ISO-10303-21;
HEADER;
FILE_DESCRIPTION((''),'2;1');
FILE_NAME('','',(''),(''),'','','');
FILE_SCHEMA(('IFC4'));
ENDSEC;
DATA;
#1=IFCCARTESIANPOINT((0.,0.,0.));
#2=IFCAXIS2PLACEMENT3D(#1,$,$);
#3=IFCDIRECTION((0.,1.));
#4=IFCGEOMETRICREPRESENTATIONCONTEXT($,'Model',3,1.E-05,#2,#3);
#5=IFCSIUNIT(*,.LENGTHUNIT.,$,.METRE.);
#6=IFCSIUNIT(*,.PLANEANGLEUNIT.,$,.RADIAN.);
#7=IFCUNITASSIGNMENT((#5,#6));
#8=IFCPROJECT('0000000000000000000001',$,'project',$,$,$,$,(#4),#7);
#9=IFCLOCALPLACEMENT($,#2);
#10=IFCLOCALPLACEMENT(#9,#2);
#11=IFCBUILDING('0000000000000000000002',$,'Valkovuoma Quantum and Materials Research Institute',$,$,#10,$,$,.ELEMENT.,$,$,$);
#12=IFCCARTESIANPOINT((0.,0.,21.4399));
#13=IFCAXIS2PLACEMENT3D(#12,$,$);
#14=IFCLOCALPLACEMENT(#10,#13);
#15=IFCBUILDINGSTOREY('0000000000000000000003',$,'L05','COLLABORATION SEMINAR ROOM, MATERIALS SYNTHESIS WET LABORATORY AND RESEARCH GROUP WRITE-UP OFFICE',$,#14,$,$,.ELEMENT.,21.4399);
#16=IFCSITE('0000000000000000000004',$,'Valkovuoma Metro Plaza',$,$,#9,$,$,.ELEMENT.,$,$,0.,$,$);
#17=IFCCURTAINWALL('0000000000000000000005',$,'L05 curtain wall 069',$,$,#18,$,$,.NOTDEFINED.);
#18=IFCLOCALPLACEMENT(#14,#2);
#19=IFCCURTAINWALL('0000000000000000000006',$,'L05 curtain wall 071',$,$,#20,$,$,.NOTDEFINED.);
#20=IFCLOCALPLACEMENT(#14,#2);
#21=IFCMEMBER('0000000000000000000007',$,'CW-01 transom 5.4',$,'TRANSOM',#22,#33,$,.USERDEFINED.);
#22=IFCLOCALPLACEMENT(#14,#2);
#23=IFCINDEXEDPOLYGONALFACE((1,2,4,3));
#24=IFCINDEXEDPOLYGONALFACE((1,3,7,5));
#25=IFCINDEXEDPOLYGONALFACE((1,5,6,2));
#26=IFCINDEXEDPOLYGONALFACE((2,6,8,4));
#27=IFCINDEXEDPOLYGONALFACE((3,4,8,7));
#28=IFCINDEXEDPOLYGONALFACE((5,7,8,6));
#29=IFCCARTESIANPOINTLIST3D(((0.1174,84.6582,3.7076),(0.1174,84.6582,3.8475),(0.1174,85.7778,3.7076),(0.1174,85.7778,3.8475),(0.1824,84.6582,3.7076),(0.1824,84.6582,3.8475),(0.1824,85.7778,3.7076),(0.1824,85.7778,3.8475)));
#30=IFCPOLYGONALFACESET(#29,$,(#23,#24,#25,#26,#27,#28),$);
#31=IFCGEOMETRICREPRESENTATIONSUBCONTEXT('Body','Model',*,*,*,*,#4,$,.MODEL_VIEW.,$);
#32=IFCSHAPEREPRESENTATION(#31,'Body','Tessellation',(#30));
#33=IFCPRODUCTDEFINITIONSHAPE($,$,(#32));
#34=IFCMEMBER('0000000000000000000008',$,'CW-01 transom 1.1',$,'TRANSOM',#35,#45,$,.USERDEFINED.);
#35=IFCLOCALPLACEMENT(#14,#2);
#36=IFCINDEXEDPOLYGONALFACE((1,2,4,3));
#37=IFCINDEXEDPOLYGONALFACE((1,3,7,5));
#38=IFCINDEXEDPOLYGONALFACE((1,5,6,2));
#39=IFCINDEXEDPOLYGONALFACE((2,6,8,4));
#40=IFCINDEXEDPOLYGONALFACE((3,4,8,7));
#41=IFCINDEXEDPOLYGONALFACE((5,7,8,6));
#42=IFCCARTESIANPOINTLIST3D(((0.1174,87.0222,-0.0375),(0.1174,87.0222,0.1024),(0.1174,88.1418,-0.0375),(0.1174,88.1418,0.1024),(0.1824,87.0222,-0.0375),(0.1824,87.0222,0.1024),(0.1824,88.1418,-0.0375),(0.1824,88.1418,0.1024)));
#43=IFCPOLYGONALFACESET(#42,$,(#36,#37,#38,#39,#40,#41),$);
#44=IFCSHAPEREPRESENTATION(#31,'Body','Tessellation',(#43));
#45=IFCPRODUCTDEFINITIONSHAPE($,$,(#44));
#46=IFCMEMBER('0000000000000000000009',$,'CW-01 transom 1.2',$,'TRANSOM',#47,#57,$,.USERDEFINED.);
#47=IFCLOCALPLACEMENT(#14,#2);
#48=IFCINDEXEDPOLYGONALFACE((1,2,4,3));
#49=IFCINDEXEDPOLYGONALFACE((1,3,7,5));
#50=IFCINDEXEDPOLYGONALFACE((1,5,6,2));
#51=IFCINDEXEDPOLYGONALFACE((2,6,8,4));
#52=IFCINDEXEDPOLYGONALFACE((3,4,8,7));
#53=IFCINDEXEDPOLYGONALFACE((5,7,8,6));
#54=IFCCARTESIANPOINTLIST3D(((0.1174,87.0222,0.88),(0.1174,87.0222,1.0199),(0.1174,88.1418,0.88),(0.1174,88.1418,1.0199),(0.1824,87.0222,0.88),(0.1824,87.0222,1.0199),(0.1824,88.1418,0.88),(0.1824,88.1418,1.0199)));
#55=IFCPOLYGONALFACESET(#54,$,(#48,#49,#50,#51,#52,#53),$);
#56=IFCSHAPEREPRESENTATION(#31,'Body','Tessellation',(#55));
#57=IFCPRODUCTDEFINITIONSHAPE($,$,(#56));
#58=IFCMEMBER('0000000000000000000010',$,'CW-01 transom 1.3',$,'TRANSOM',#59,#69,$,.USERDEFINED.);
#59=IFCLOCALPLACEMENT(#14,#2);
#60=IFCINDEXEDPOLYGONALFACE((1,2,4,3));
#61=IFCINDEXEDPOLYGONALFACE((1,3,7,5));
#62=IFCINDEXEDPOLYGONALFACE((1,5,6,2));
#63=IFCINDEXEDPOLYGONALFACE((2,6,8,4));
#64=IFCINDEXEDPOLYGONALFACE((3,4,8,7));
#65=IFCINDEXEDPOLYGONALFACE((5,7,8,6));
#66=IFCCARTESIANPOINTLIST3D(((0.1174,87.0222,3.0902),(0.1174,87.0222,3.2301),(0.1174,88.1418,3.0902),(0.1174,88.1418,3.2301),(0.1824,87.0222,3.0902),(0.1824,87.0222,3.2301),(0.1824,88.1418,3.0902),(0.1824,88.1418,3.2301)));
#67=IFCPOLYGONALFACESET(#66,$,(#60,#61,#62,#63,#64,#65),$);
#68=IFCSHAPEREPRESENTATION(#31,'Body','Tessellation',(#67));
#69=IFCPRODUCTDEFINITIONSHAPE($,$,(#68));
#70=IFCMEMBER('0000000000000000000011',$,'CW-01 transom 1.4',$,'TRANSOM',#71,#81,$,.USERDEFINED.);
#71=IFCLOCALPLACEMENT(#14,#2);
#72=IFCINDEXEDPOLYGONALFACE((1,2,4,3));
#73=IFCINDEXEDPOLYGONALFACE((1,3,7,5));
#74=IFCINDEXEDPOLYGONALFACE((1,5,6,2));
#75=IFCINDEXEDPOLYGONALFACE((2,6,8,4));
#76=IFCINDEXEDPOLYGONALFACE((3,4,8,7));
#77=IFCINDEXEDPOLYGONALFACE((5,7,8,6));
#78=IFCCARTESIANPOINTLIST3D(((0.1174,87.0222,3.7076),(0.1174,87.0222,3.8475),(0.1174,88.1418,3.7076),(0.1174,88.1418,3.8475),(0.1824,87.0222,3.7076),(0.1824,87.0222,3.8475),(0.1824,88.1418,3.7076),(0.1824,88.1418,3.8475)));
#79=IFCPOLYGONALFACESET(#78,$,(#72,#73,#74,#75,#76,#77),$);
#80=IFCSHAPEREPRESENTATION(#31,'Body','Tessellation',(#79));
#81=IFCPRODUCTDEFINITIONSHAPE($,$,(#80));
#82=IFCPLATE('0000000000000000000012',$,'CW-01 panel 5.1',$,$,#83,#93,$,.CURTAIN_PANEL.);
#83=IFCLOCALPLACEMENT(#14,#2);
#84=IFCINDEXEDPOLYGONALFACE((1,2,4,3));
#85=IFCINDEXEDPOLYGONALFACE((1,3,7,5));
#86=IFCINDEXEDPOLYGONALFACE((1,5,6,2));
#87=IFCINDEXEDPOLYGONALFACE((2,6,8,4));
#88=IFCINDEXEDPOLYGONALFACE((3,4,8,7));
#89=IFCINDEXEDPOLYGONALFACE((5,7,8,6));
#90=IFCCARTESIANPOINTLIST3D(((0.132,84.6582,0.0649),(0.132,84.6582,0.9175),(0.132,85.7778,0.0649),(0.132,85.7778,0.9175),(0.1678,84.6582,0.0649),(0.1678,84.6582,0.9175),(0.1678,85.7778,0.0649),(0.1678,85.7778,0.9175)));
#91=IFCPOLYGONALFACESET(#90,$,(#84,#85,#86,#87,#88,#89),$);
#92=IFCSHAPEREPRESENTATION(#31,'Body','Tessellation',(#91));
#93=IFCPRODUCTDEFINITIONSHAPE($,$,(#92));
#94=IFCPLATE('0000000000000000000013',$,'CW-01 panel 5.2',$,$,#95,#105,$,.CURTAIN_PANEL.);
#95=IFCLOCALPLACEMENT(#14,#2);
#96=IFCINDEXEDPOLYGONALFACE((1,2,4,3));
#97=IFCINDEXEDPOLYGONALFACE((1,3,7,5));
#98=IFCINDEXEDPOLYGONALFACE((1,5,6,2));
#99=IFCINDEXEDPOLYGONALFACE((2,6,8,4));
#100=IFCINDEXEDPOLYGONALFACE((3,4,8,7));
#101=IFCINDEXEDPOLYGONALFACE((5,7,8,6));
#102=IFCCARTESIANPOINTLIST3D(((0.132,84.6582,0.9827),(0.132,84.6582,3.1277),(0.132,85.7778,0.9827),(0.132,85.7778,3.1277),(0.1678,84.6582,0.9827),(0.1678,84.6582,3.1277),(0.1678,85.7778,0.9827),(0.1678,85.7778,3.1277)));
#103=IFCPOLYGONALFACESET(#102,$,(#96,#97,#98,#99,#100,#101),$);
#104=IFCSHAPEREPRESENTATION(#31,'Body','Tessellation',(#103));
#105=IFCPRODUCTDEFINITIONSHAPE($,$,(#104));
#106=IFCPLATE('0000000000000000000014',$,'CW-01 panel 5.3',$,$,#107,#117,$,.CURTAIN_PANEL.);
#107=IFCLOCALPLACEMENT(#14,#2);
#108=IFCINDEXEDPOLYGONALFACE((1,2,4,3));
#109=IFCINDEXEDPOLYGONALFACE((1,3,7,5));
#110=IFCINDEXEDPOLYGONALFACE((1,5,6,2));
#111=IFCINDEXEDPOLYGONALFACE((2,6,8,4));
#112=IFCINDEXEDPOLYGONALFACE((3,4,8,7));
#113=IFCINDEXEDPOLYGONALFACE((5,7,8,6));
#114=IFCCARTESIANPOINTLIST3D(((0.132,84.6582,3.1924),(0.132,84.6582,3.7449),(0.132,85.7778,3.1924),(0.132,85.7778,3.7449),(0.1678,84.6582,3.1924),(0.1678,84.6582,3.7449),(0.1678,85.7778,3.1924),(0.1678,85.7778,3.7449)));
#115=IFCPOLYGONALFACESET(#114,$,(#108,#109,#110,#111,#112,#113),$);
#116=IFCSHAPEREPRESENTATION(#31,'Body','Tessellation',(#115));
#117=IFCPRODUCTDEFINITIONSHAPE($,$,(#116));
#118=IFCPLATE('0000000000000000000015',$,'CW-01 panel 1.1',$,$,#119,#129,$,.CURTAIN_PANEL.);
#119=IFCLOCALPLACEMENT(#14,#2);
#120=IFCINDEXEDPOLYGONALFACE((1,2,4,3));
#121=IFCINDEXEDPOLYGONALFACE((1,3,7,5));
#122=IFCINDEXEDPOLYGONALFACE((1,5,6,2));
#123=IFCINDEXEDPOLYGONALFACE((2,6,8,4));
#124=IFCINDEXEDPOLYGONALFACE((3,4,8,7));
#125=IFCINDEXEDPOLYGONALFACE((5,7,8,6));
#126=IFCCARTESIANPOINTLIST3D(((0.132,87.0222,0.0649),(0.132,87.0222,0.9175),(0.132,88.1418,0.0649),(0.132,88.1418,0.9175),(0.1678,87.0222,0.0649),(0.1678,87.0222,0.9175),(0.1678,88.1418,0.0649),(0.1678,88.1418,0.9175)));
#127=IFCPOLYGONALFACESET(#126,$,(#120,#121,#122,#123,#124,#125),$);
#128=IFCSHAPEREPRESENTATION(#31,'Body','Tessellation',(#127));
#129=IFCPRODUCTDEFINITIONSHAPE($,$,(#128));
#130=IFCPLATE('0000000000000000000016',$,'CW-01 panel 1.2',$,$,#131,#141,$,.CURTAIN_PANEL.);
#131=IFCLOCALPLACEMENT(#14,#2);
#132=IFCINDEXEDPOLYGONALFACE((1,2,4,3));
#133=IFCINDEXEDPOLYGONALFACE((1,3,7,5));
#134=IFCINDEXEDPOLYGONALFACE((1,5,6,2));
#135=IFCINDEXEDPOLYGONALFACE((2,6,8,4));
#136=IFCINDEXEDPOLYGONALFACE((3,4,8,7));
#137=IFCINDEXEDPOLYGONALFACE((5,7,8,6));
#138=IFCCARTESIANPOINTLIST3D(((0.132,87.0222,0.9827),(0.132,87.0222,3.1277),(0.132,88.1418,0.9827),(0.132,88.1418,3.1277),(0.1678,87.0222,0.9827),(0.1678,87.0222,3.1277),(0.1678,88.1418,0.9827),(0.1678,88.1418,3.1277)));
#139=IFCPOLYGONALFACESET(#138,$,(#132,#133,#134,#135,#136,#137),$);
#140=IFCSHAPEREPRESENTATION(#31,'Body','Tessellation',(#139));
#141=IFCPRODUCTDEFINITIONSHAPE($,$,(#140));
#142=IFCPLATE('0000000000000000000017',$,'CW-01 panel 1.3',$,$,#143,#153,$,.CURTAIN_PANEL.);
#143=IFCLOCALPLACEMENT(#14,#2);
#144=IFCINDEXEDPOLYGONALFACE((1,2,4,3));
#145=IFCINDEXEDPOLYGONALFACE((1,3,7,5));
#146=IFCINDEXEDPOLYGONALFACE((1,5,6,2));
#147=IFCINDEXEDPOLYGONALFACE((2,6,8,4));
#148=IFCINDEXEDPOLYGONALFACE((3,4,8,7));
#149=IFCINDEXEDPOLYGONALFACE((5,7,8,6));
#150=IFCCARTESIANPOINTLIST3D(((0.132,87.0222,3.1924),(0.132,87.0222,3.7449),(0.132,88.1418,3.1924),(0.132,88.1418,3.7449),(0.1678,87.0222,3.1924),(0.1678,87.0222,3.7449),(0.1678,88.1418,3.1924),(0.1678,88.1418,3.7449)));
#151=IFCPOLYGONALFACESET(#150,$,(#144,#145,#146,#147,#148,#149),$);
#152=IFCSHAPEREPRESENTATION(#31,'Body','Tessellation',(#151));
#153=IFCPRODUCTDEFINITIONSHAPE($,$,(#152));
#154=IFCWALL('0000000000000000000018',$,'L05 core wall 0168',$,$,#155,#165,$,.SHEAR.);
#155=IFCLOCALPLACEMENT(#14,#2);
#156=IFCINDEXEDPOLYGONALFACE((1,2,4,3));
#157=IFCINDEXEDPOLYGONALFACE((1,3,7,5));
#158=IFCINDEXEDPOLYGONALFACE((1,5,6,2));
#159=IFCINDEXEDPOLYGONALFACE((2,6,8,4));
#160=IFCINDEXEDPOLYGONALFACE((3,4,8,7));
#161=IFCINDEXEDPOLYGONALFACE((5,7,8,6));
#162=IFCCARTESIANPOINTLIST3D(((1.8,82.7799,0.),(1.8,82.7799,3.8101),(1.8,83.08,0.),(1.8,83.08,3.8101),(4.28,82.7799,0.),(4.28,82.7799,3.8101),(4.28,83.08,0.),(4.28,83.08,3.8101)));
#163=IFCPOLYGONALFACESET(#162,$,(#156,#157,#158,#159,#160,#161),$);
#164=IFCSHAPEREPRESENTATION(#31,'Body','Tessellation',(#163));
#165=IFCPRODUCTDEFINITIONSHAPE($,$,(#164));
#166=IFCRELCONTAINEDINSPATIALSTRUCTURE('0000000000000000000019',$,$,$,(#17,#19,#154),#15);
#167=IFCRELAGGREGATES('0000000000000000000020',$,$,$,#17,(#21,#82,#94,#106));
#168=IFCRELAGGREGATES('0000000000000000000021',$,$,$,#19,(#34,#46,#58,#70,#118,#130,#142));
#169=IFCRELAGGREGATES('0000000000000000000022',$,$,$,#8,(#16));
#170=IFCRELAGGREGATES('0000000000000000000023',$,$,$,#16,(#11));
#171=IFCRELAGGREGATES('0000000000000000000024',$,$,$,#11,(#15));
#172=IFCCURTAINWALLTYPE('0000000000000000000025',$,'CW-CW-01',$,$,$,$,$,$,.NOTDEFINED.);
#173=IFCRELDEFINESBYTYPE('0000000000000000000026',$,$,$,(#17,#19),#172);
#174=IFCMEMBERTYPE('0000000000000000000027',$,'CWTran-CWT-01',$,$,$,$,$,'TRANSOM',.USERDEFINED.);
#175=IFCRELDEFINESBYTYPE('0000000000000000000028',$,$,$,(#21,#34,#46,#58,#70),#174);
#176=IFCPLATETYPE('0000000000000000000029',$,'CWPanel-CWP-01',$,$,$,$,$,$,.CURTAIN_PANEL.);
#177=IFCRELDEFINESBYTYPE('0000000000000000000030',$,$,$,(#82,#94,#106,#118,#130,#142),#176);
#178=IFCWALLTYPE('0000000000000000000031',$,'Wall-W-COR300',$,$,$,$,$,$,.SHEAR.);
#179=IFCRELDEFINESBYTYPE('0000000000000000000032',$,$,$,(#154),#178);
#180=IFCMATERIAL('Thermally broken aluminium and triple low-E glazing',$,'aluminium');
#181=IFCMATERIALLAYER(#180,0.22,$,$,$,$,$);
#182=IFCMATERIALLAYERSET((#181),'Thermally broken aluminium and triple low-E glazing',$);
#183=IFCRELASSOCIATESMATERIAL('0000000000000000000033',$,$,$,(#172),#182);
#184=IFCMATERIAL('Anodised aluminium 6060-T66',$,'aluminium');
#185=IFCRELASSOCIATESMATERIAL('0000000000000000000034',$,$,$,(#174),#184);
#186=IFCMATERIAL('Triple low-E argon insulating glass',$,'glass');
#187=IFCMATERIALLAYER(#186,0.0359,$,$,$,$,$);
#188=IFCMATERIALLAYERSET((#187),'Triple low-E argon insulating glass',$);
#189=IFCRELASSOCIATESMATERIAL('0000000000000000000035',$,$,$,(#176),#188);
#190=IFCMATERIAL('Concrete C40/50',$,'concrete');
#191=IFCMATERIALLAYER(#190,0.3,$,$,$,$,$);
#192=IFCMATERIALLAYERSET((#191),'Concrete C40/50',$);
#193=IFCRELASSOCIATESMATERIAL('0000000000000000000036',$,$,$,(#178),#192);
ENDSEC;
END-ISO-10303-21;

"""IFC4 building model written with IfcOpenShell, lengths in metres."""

from ifc_helpers import new_model, si_unit, direction, frame, frame_2d, origin, origin_2d, place, context, subcontext, project, spatial, rectangle, extrude, material, layer, layer_set, material_profile, profile_set, type_object, element, aggregate, save


model = new_model("IFC4")

# Units and contexts
model_context = context("Model", 3, precision=1e-05, world=origin(), true_north=direction((0.0, 1.0)))
body_context = subcontext(model_context, "Body", "Model", "MODEL_VIEW")
ifc_project = project(units=[si_unit("LENGTHUNIT", "METRE"), si_unit("PLANEANGLEUNIT", "RADIAN")], contexts=[model_context])

# Site, building, storey
site_placement = place(None, origin())
site = spatial("IfcSite", under=ifc_project, at=site_placement, Name="Valkovuoma Metro Plaza", CompositionType="ELEMENT", RefElevation=0.0)
building_placement = place(site_placement, origin())
building = spatial("IfcBuilding", under=site, at=building_placement, Name="Valkovuoma Quantum and Materials Research Institute", CompositionType="ELEMENT")
storey_placement = place(building_placement, frame((0.0, 0.0, 21.4399)))
storey = spatial("IfcBuildingStorey", under=building, at=storey_placement, Name="L05", Description="COLLABORATION SEMINAR ROOM, MATERIALS SYNTHESIS WET LABORATORY AND RESEARCH GROUP WRITE-UP OFFICE", CompositionType="ELEMENT", Elevation=21.4399)

# Curtain walls
ifc_material_1 = material(Name="Thermally broken aluminium and triple low-E glazing", Category="aluminium")
ifc_layer_1 = layer(ifc_material_1, 0.22)
ifc_layer_set_1 = layer_set([ifc_layer_1], Name="Thermally broken aluminium and triple low-E glazing")
curtain_wall_type = type_object("IfcCurtainWallType", Name="CW-CW-01", PredefinedType="NOTDEFINED", material=ifc_layer_set_1)
curtain_wall_1_placement = place(storey_placement, origin())
curtain_wall_1 = element("IfcCurtainWall", 1, at=curtain_wall_1_placement, inside=storey, type_object=curtain_wall_type, Name="L05 curtain wall 069", PredefinedType="NOTDEFINED")
curtain_wall_2_placement = place(storey_placement, origin())
curtain_wall_2 = element("IfcCurtainWall", 2, at=curtain_wall_2_placement, inside=storey, type_object=curtain_wall_type, Name="L05 curtain wall 071", PredefinedType="NOTDEFINED")

# Members
ifc_material_2 = material(Name="Anodised aluminium 6060-T66", Category="aluminium")
ifc_material_profile_1 = material_profile(ifc_material_2, rectangle(XDim=0.0649, YDim=0.1399, at=origin_2d()), Name="Anodised aluminium 6060-T66")
ifc_profile_set_1 = profile_set([ifc_material_profile_1], Name="Anodised aluminium 6060-T66")
member_type_1 = type_object("IfcMemberType", Name="CWTran-CWT-01", ElementType="TRANSOM", PredefinedType="USERDEFINED", material=ifc_profile_set_1)
member_1_placement = place(storey_placement, frame((0.1499, 84.6582, 3.7776), z_axis=(0.0, 1.0, 0.0), x_axis=(-1.0, 0.0, 0.0)))
member_1 = element("IfcMember", 3, at=member_1_placement, type_object=member_type_1, Name="CW-01 transom 5.4", ObjectType="TRANSOM", PredefinedType="USERDEFINED", context=body_context, shape_type="SweptSolid", body=[
    extrude(rectangle(XDim=0.0649, YDim=0.1399, at=origin_2d()), origin(), (0.0, 0.0, 1.0), 1.1196),
])
member_2_placement = place(storey_placement, frame((0.1499, 87.0222, 0.0325), z_axis=(0.0, 1.0, 0.0), x_axis=(-1.0, 0.0, 0.0)))
member_2 = element("IfcMember", 4, at=member_2_placement, type_object=member_type_1, Name="CW-01 transom 1.1", ObjectType="TRANSOM", PredefinedType="USERDEFINED", context=body_context, shape_type="SweptSolid", body=[
    extrude(rectangle(XDim=0.0649, YDim=0.1399, at=origin_2d()), origin(), (0.0, 0.0, 1.0), 1.1196),
])
member_3_placement = place(storey_placement, frame((0.1499, 87.0222, 0.95), z_axis=(0.0, 1.0, 0.0), x_axis=(-1.0, 0.0, 0.0)))
member_3 = element("IfcMember", 5, at=member_3_placement, type_object=member_type_1, Name="CW-01 transom 1.2", ObjectType="TRANSOM", PredefinedType="USERDEFINED", context=body_context, shape_type="SweptSolid", body=[
    extrude(rectangle(XDim=0.0649, YDim=0.1399, at=origin_2d()), origin(), (0.0, 0.0, 1.0), 1.1196),
])
member_4_placement = place(storey_placement, frame((0.1499, 87.0222, 3.1602), z_axis=(0.0, 1.0, 0.0), x_axis=(-1.0, 0.0, 0.0)))
member_4 = element("IfcMember", 6, at=member_4_placement, type_object=member_type_1, Name="CW-01 transom 1.3", ObjectType="TRANSOM", PredefinedType="USERDEFINED", context=body_context, shape_type="SweptSolid", body=[
    extrude(rectangle(XDim=0.0649, YDim=0.1399, at=origin_2d()), origin(), (0.0, 0.0, 1.0), 1.1196),
])
member_5_placement = place(storey_placement, frame((0.1499, 87.0222, 3.7776), z_axis=(0.0, 1.0, 0.0), x_axis=(-1.0, 0.0, 0.0)))
member_5 = element("IfcMember", 7, at=member_5_placement, type_object=member_type_1, Name="CW-01 transom 1.4", ObjectType="TRANSOM", PredefinedType="USERDEFINED", context=body_context, shape_type="SweptSolid", body=[
    extrude(rectangle(XDim=0.0649, YDim=0.1399, at=origin_2d()), origin(), (0.0, 0.0, 1.0), 1.1196),
])

# Plates
ifc_material_3 = material(Name="Triple low-E argon insulating glass", Category="glass")
ifc_layer_2 = layer(ifc_material_3, 0.0359)
ifc_layer_set_2 = layer_set([ifc_layer_2], Name="Triple low-E argon insulating glass")
plate_type = type_object("IfcPlateType", Name="CWPanel-CWP-01", PredefinedType="CURTAIN_PANEL", material=ifc_layer_set_2)
plate_1_placement = place(storey_placement, frame((0.1499, 85.218, 0.0649), z_axis=(0.0, 0.0, 1.0), x_axis=(0.0, 1.0, 0.0)))
plate_1 = element("IfcPlate", 8, at=plate_1_placement, type_object=plate_type, Name="CW-01 panel 5.1", PredefinedType="CURTAIN_PANEL", context=body_context, shape_type="SweptSolid", body=[
    extrude(rectangle(XDim=1.1196, YDim=0.0359, at=origin_2d()), origin(), (0.0, 0.0, 1.0), 0.8525),
])
plate_2_placement = place(storey_placement, frame((0.1499, 85.218, 0.9827), z_axis=(0.0, 0.0, 1.0), x_axis=(0.0, 1.0, 0.0)))
plate_2 = element("IfcPlate", 9, at=plate_2_placement, type_object=plate_type, Name="CW-01 panel 5.2", PredefinedType="CURTAIN_PANEL", context=body_context, shape_type="SweptSolid", body=[
    extrude(rectangle(XDim=1.1196, YDim=0.0359, at=origin_2d()), origin(), (0.0, 0.0, 1.0), 2.145),
])
plate_3_placement = place(storey_placement, frame((0.1499, 85.218, 3.1924), z_axis=(0.0, 0.0, 1.0), x_axis=(0.0, 1.0, 0.0)))
plate_3 = element("IfcPlate", 10, at=plate_3_placement, type_object=plate_type, Name="CW-01 panel 5.3", PredefinedType="CURTAIN_PANEL", context=body_context, shape_type="SweptSolid", body=[
    extrude(rectangle(XDim=1.1196, YDim=0.0359, at=origin_2d()), origin(), (0.0, 0.0, 1.0), 0.5525),
])
aggregate(curtain_wall_1, [member_1, plate_1, plate_2, plate_3])
plate_4_placement = place(storey_placement, frame((0.1499, 87.582, 0.0649), z_axis=(0.0, 0.0, 1.0), x_axis=(0.0, 1.0, 0.0)))
plate_4 = element("IfcPlate", 11, at=plate_4_placement, type_object=plate_type, Name="CW-01 panel 1.1", PredefinedType="CURTAIN_PANEL", context=body_context, shape_type="SweptSolid", body=[
    extrude(rectangle(XDim=1.1196, YDim=0.0359, at=origin_2d()), origin(), (0.0, 0.0, 1.0), 0.8525),
])
plate_5_placement = place(storey_placement, frame((0.1499, 87.582, 0.9827), z_axis=(0.0, 0.0, 1.0), x_axis=(0.0, 1.0, 0.0)))
plate_5 = element("IfcPlate", 12, at=plate_5_placement, type_object=plate_type, Name="CW-01 panel 1.2", PredefinedType="CURTAIN_PANEL", context=body_context, shape_type="SweptSolid", body=[
    extrude(rectangle(XDim=1.1196, YDim=0.0359, at=origin_2d()), origin(), (0.0, 0.0, 1.0), 2.145),
])
plate_6_placement = place(storey_placement, frame((0.1499, 87.582, 3.1924), z_axis=(0.0, 0.0, 1.0), x_axis=(0.0, 1.0, 0.0)))
plate_6 = element("IfcPlate", 13, at=plate_6_placement, type_object=plate_type, Name="CW-01 panel 1.3", PredefinedType="CURTAIN_PANEL", context=body_context, shape_type="SweptSolid", body=[
    extrude(rectangle(XDim=1.1196, YDim=0.0359, at=origin_2d()), origin(), (0.0, 0.0, 1.0), 0.5525),
])
aggregate(curtain_wall_2, [member_2, member_3, member_4, member_5, plate_4, plate_5, plate_6])

# Wall
ifc_material_4 = material(Name="Concrete C40/50", Category="concrete")
ifc_layer_3 = layer(ifc_material_4, 0.3)
ifc_layer_set_3 = layer_set([ifc_layer_3], Name="Concrete C40/50")
wall_type_1 = type_object("IfcWallType", Name="Wall-W-COR300", PredefinedType="SHEAR", material=ifc_layer_set_3)
wall_1_placement = place(storey_placement, frame((1.8, 82.9299, 0.0), z_axis=(0.0, 0.0, 1.0), x_axis=(1.0, 0.0, 0.0)))
element("IfcWall", 14, at=wall_1_placement, inside=storey, type_object=wall_type_1, Name="L05 core wall 0168", PredefinedType="SHEAR", context=body_context, shape_type="SweptSolid", body=[
    extrude(rectangle(XDim=2.48, YDim=0.3, at=frame_2d((1.24, 0.0))), origin(), (0.0, 0.0, 1.0), 3.8101),
])

save(model, "model.ifc")
